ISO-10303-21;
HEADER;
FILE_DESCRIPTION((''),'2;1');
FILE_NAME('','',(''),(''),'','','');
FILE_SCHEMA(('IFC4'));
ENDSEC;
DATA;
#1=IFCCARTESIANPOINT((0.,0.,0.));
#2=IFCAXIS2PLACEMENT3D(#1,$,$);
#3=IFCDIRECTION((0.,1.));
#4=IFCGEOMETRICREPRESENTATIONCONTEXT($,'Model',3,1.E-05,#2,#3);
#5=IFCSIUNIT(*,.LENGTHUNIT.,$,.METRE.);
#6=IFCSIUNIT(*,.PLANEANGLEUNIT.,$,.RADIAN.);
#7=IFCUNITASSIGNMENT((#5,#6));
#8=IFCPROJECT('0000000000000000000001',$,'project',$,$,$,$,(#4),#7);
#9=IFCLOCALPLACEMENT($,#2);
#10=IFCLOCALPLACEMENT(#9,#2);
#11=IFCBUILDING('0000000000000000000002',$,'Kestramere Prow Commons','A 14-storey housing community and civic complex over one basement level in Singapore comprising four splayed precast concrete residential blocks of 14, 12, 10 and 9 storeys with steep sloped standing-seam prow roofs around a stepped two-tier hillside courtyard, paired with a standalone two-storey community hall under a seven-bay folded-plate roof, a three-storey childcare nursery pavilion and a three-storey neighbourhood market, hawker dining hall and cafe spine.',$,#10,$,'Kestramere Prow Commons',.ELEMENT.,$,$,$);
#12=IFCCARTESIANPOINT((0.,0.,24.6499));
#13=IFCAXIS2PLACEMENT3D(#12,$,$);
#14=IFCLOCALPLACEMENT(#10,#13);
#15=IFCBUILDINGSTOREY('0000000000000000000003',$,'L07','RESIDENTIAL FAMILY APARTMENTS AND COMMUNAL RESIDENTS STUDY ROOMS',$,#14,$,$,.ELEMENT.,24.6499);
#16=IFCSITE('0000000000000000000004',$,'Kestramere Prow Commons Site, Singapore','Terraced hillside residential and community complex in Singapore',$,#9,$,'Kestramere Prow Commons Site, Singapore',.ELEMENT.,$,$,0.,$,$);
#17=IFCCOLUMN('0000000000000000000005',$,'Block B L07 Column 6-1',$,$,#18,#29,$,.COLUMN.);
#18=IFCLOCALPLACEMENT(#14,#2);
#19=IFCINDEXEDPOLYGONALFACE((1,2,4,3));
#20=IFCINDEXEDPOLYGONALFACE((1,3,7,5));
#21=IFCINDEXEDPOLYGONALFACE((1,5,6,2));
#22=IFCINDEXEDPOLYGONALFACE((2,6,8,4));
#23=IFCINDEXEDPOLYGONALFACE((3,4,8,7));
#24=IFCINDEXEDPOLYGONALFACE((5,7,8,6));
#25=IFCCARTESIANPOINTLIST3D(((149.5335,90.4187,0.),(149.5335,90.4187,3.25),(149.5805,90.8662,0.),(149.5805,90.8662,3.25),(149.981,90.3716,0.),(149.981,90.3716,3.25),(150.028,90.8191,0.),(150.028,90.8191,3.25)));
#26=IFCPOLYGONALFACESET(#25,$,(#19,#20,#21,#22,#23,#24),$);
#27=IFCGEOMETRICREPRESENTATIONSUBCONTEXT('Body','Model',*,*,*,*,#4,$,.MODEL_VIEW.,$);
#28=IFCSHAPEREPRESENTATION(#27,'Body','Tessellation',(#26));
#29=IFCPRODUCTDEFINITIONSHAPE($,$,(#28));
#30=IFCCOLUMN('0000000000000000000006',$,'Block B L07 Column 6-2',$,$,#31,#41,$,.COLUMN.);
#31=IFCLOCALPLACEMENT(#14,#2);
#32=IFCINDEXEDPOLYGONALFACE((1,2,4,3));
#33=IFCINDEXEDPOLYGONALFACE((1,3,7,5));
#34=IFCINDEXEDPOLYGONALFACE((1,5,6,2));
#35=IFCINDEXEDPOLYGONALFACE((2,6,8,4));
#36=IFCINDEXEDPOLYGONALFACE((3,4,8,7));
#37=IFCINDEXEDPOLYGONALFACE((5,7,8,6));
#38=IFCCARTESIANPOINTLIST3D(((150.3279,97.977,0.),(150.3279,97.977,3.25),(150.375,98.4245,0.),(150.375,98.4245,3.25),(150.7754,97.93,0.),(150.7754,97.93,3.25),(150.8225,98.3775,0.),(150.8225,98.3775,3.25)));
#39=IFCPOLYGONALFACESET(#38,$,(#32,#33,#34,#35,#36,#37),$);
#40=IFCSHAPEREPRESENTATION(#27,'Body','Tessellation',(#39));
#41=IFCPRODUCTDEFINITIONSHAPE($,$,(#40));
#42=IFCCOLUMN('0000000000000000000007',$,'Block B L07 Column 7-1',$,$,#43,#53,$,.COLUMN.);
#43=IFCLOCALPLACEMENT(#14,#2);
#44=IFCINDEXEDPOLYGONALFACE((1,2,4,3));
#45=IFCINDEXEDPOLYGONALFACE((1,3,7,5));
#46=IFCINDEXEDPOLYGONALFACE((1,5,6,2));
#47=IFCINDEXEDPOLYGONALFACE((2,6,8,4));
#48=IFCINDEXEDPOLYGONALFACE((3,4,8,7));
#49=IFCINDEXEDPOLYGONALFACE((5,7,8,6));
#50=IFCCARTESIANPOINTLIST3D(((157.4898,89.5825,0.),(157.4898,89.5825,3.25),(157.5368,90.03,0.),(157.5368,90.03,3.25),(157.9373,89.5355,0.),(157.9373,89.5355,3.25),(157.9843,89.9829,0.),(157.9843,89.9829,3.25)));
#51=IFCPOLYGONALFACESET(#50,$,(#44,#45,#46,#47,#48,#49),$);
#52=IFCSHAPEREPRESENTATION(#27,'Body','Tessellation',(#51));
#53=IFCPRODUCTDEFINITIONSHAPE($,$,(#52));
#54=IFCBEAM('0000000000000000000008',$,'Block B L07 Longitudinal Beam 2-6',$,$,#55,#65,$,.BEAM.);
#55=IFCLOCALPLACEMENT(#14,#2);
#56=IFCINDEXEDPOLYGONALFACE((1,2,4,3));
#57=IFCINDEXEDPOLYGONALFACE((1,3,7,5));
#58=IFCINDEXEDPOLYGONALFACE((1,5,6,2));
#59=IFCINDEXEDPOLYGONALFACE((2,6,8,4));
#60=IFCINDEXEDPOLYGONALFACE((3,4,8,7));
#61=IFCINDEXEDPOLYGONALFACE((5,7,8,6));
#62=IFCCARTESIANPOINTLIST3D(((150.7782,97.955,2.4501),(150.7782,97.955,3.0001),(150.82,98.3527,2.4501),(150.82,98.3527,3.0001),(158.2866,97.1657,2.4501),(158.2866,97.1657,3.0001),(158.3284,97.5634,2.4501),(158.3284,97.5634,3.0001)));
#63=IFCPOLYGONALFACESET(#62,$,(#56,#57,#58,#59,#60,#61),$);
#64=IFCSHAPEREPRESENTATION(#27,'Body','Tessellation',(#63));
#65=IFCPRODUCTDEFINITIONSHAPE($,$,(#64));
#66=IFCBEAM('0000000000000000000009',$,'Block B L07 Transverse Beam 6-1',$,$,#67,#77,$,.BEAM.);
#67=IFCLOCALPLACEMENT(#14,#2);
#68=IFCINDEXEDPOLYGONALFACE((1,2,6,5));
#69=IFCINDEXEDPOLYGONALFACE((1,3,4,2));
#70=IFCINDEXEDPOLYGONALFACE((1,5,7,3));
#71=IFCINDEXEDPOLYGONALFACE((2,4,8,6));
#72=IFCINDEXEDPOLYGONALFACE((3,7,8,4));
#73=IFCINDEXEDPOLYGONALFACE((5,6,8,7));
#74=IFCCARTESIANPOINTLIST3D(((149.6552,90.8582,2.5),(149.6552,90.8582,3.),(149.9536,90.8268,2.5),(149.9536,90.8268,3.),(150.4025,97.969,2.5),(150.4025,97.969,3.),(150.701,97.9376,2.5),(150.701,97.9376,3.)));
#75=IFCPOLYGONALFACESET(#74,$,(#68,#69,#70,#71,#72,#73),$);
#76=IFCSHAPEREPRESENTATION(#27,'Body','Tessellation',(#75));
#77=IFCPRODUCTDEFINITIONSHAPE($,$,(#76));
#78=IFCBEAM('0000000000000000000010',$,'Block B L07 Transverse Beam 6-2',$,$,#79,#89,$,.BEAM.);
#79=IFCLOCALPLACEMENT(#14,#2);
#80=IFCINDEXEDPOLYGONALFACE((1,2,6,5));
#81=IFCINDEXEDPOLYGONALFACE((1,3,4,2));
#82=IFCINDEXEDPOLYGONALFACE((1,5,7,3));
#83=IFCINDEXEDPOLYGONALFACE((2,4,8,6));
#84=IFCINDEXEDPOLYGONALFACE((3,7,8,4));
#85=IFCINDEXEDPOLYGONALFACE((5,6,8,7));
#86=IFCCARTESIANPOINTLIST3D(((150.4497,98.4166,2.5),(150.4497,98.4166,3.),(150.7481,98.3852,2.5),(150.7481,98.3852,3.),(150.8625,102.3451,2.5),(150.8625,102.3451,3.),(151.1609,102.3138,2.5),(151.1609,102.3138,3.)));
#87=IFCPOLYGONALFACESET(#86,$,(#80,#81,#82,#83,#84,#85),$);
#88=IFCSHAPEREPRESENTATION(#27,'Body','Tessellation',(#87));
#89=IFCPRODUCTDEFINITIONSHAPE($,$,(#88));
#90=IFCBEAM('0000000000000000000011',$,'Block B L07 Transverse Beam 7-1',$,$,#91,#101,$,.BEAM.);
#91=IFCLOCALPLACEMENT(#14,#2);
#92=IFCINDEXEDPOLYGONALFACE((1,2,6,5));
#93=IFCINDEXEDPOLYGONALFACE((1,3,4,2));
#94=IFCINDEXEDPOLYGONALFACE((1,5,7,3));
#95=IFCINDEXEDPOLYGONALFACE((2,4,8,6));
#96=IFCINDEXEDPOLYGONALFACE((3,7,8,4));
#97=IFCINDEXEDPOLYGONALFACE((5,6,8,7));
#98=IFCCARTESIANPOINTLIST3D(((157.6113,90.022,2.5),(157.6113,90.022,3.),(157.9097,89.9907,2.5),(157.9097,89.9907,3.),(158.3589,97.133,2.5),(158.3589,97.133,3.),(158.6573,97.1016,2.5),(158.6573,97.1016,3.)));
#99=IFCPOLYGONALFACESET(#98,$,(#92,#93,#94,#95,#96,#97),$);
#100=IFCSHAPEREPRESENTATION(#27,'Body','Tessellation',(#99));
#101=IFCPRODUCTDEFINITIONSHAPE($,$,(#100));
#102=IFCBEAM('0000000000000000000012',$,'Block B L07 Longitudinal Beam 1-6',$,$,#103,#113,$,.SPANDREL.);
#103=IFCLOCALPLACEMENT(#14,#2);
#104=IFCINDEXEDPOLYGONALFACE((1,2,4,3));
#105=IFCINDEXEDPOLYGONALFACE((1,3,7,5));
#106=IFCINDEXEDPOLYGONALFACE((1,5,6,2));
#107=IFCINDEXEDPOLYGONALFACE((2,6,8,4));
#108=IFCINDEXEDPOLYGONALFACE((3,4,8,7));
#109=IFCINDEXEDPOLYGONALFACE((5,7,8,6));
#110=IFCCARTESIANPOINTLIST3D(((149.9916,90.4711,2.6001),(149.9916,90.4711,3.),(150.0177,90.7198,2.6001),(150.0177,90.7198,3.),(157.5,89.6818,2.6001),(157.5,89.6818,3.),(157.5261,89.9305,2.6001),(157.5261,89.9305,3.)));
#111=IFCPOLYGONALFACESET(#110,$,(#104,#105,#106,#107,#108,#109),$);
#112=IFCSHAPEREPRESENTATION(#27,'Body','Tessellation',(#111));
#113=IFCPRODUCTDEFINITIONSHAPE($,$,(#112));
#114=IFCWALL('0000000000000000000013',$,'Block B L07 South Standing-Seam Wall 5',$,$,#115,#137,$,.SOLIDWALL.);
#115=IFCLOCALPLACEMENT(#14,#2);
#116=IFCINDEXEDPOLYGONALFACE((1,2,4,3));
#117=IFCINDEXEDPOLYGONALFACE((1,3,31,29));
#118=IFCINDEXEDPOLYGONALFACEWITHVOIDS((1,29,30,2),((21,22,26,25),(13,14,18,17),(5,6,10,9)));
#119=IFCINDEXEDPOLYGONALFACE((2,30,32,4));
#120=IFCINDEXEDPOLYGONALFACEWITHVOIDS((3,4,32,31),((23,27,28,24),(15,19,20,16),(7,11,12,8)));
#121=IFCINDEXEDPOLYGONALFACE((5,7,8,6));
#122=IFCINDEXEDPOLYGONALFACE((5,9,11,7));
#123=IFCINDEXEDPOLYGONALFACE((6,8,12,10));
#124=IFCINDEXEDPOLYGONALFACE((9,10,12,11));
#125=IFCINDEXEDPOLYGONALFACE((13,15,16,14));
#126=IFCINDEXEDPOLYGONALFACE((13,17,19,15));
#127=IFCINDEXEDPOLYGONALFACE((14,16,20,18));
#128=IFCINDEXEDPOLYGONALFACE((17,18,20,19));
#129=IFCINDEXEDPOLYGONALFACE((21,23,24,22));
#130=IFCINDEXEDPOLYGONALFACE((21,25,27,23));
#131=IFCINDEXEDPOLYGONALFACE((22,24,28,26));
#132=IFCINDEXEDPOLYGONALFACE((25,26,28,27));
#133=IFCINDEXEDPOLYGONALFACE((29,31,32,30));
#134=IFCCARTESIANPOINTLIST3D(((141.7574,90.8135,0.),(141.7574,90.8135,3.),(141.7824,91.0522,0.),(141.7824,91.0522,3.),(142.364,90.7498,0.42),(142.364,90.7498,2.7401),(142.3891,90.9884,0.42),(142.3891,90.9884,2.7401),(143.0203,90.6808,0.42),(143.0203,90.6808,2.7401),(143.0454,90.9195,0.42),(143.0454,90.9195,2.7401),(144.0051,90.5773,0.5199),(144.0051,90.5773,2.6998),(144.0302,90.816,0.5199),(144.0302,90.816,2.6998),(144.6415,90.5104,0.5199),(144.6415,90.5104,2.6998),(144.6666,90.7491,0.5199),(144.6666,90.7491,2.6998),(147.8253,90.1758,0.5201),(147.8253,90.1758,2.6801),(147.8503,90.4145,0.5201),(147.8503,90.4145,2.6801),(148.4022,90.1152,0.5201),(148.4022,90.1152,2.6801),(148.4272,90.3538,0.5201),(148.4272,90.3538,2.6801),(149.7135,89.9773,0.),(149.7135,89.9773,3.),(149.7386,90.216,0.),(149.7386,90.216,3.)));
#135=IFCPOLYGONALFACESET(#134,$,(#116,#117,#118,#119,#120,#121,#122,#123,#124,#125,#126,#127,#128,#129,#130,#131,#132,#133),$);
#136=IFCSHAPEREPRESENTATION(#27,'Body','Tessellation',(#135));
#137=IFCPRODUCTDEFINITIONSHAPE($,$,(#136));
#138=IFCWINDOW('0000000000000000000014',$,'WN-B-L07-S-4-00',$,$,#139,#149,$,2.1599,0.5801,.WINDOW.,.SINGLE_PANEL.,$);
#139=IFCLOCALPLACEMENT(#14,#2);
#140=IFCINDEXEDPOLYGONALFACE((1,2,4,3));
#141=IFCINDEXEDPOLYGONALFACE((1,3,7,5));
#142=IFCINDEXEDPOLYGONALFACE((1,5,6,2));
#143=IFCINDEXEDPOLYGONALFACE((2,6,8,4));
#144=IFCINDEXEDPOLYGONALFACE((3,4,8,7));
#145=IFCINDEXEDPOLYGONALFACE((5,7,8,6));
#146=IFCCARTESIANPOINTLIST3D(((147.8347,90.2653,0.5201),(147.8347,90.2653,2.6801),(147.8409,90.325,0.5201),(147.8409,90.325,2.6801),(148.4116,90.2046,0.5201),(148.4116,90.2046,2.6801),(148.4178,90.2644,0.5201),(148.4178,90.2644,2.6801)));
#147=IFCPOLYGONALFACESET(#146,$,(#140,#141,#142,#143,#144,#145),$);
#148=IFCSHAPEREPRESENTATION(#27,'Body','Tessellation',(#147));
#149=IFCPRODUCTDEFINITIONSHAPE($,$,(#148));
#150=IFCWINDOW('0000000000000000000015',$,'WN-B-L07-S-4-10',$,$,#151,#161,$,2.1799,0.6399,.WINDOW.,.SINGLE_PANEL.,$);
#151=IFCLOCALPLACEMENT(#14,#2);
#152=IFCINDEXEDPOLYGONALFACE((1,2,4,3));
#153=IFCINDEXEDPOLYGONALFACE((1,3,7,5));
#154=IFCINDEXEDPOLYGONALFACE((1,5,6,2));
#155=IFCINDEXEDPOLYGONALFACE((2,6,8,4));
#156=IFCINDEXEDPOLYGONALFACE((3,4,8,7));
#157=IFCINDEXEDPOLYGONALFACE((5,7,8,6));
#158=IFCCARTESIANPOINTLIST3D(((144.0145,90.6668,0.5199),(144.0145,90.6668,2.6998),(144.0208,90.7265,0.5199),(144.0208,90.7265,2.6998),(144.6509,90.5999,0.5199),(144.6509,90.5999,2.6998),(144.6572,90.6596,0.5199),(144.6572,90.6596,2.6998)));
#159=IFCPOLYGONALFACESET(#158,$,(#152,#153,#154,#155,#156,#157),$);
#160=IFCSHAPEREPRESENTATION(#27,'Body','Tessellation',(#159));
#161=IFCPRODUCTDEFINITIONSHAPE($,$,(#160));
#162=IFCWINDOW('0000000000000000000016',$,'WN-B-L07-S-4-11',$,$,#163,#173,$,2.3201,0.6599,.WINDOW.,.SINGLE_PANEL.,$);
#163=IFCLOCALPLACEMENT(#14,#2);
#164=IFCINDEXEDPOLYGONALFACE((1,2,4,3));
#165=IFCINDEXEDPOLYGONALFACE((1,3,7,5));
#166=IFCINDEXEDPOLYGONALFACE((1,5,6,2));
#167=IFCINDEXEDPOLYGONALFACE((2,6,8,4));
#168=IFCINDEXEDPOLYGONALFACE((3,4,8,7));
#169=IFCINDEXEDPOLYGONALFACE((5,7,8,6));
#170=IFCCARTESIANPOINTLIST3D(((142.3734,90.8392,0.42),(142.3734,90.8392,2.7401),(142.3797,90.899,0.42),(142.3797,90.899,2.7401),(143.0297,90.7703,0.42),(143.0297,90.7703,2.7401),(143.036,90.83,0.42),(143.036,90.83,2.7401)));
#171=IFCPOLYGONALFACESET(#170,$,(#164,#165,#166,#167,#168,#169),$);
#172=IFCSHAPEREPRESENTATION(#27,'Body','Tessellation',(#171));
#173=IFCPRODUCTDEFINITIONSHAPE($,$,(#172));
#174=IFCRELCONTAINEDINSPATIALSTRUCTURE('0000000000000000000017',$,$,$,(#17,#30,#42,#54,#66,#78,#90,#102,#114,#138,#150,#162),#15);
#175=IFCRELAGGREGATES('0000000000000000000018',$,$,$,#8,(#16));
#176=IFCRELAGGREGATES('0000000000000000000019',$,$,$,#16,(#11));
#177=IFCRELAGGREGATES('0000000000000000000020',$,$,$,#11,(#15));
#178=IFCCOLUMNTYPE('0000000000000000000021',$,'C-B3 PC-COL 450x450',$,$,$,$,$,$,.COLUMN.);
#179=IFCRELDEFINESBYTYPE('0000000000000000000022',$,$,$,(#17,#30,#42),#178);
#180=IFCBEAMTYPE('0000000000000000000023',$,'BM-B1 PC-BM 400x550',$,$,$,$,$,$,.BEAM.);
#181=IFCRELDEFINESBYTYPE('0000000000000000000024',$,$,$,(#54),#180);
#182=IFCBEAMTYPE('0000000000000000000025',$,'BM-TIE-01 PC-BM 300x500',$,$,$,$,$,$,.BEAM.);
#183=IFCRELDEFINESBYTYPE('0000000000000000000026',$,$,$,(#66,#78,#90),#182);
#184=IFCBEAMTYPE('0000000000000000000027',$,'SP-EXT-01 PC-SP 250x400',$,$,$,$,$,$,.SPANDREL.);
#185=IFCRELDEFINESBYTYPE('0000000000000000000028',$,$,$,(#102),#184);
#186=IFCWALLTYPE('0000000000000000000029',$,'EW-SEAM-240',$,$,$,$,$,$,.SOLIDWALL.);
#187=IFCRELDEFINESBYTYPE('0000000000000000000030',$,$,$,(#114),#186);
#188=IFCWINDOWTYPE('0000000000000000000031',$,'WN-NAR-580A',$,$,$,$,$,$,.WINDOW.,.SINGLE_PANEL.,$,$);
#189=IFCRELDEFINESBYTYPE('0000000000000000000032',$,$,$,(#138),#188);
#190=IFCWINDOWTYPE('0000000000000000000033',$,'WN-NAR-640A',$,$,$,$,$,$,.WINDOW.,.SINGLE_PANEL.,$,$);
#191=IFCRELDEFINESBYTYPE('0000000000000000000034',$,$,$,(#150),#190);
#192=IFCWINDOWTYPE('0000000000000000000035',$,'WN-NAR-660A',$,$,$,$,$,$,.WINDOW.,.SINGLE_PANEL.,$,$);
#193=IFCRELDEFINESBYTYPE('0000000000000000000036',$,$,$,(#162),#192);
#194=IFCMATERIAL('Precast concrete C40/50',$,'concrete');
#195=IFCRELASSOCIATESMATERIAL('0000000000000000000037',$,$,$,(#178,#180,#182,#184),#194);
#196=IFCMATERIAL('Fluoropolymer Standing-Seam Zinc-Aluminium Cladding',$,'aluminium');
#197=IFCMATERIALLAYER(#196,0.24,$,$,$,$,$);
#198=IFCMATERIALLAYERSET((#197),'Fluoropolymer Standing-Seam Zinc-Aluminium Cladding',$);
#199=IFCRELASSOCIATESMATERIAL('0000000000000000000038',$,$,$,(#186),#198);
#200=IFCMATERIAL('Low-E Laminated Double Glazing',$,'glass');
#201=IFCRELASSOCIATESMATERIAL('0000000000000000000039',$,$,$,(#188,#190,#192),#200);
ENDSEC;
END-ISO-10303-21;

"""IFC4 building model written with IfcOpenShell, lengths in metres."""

from ifc_helpers import new_model, si_unit, direction, frame, frame_2d, origin, origin_2d, place, context, subcontext, project, spatial, rectangle, extrude, material, layer, layer_set, material_profile, profile_set, type_object, element, fill, save


model = new_model("IFC4")

# Units and contexts
model_context = context("Model", 3, precision=1e-05, world=origin(), true_north=direction((0.0, 1.0)))
body_context = subcontext(model_context, "Body", "Model", "MODEL_VIEW")
ifc_project = project(units=[si_unit("LENGTHUNIT", "METRE"), si_unit("PLANEANGLEUNIT", "RADIAN")], contexts=[model_context])

# Site, building, storey
site_placement = place(None, origin())
site = spatial("IfcSite", under=ifc_project, at=site_placement, Name="Kestramere Prow Commons Site, Singapore", Description="Terraced hillside residential and community complex in Singapore", LongName="Kestramere Prow Commons Site, Singapore", CompositionType="ELEMENT", RefElevation=0.0)
building_placement = place(site_placement, origin())
building = spatial("IfcBuilding", under=site, at=building_placement, Name="Kestramere Prow Commons", Description="A 14-storey housing community and civic complex over one basement level in Singapore comprising four splayed precast concrete residential blocks of 14, 12, 10 and 9 storeys with steep sloped standing-seam prow roofs around a stepped two-tier hillside courtyard, paired with a standalone two-storey community hall under a seven-bay folded-plate roof, a three-storey childcare nursery pavilion and a three-storey neighbourhood market, hawker dining hall and cafe spine.", LongName="Kestramere Prow Commons", CompositionType="ELEMENT")
storey_placement = place(building_placement, frame((0.0, 0.0, 24.6499)))
storey = spatial("IfcBuildingStorey", under=building, at=storey_placement, Name="L07", Description="RESIDENTIAL FAMILY APARTMENTS AND COMMUNAL RESIDENTS STUDY ROOMS", CompositionType="ELEMENT", Elevation=24.6499)

# Columns
ifc_material_1 = material(Name="Precast concrete C40/50", Category="concrete")
ifc_material_profile_1 = material_profile(ifc_material_1, rectangle(XDim=0.45, YDim=0.45, at=origin_2d()), Name="PC-COL 450x450")
ifc_profile_set_1 = profile_set([ifc_material_profile_1], Name="Precast concrete C40/50")
column_type = type_object("IfcColumnType", Name="C-B3 PC-COL 450x450", PredefinedType="COLUMN", material=ifc_profile_set_1)
for number, where, z_axis, x_axis, name in (
    (1, (149.7808, 90.6189, 0.0), (0.0, 0.0, 1.0), (0.994522, -0.104528, 0.0), "Block B L07 Column 6-1"),
    (2, (150.5752, 98.1772, 0.0), (0.0, 0.0, 1.0), (0.994522, -0.104528, 0.0), "Block B L07 Column 6-2"),
    (3, (157.7371, 89.7827, 0.0), (0.0, 0.0, 1.0), (0.994522, -0.104528, 0.0), "Block B L07 Column 7-1"),
):
    element("IfcColumn", number, at=place(storey_placement, frame(where, z_axis=z_axis, x_axis=x_axis)), inside=storey, type_object=column_type, Name=name, PredefinedType="COLUMN", context=body_context, shape_type="SweptSolid", body=[
        extrude(rectangle(XDim=0.45, YDim=0.45, at=origin_2d()), origin(), (0.0, 0.0, 1.0), 3.25),
    ])

# Beams
ifc_material_profile_2 = material_profile(ifc_material_1, rectangle(XDim=0.3999, YDim=0.55, at=origin_2d()), Name="PC-BM 400x550")
ifc_profile_set_2 = profile_set([ifc_material_profile_2], Name="Precast concrete C40/50")
beam_type_1 = type_object("IfcBeamType", Name="BM-B1 PC-BM 400x550", PredefinedType="BEAM", material=ifc_profile_set_2)
beam_1_placement = place(storey_placement, frame((150.7991, 98.1538, 2.7251), z_axis=(0.99452, -0.104545, 0.0), x_axis=(0.104545, 0.99452, 0.0)))
element("IfcBeam", 4, at=beam_1_placement, inside=storey, type_object=beam_type_1, Name="Block B L07 Longitudinal Beam 2-6", PredefinedType="BEAM", context=body_context, shape_type="SweptSolid", body=[
    extrude(rectangle(XDim=0.3999, YDim=0.55, at=origin_2d()), origin(), (0.0, 0.0, 1.0), 7.5498),
])
ifc_material_profile_3 = material_profile(ifc_material_1, rectangle(XDim=0.3, YDim=0.5, at=origin_2d()), Name="PC-BM 300x500")
ifc_profile_set_3 = profile_set([ifc_material_profile_3], Name="Precast concrete C40/50")
beam_type_2 = type_object("IfcBeamType", Name="BM-TIE-01 PC-BM 300x500", PredefinedType="BEAM", material=ifc_profile_set_3)
beam_2_placement = place(storey_placement, frame((149.8044, 90.8425, 2.75), z_axis=(0.104519, 0.994523, 0.0), x_axis=(-0.994523, 0.104519, 0.0)))
element("IfcBeam", 5, at=beam_2_placement, inside=storey, type_object=beam_type_2, Name="Block B L07 Transverse Beam 6-1", PredefinedType="BEAM", context=body_context, shape_type="SweptSolid", body=[
    extrude(rectangle(XDim=0.3, YDim=0.5, at=origin_2d()), origin(), (0.0, 0.0, 1.0), 7.1499),
])
beam_3_placement = place(storey_placement, frame((150.5989, 98.4009, 2.75), z_axis=(0.104514, 0.994523, 0.0), x_axis=(-0.994523, 0.104514, 0.0)))
element("IfcBeam", 6, at=beam_3_placement, inside=storey, type_object=beam_type_2, Name="Block B L07 Transverse Beam 6-2", PredefinedType="BEAM", context=body_context, shape_type="SweptSolid", body=[
    extrude(rectangle(XDim=0.3, YDim=0.5, at=origin_2d()), origin(), (0.0, 0.0, 1.0), 3.9502),
])
beam_4_placement = place(storey_placement, frame((157.7605, 90.0063, 2.75), z_axis=(0.104553, 0.994519, 0.0), x_axis=(-0.994519, 0.104553, 0.0)))
element("IfcBeam", 7, at=beam_4_placement, inside=storey, type_object=beam_type_2, Name="Block B L07 Transverse Beam 7-1", PredefinedType="BEAM", context=body_context, shape_type="SweptSolid", body=[
    extrude(rectangle(XDim=0.3, YDim=0.5, at=origin_2d()), origin(), (0.0, 0.0, 1.0), 7.1501),
])
ifc_material_profile_4 = material_profile(ifc_material_1, rectangle(XDim=0.25, YDim=0.3999, at=origin_2d()), Name="PC-SP 250x400")
ifc_profile_set_4 = profile_set([ifc_material_profile_4], Name="Precast concrete C40/50")
beam_type_3 = type_object("IfcBeamType", Name="SP-EXT-01 PC-SP 250x400", PredefinedType="SPANDREL", material=ifc_profile_set_4)
beam_5_placement = place(storey_placement, frame((150.0046, 90.5955, 2.8), z_axis=(0.99452, -0.104545, 0.0), x_axis=(0.104545, 0.99452, 0.0)))
element("IfcBeam", 8, at=beam_5_placement, inside=storey, type_object=beam_type_3, Name="Block B L07 Longitudinal Beam 1-6", PredefinedType="SPANDREL", context=body_context, shape_type="SweptSolid", body=[
    extrude(rectangle(XDim=0.25, YDim=0.3999, at=origin_2d()), origin(), (0.0, 0.0, 1.0), 7.5498),
])

# Wall, openings, windows
ifc_material_2 = material(Name="Fluoropolymer Standing-Seam Zinc-Aluminium Cladding", Category="aluminium")
ifc_layer_1 = layer(ifc_material_2, 0.24)
ifc_layer_set_1 = layer_set([ifc_layer_1], Name="Fluoropolymer Standing-Seam Zinc-Aluminium Cladding")
wall_type_1 = type_object("IfcWallType", Name="EW-SEAM-240", PredefinedType="SOLIDWALL", material=ifc_layer_set_1)
wall_1_placement = place(storey_placement, frame((149.7261, 90.0967, 0.0), z_axis=(0.0, 0.0, 1.0), x_axis=(-0.994523, 0.104521, 0.0)))
wall_1 = element("IfcWall", 9, at=wall_1_placement, inside=storey, type_object=wall_type_1, Name="Block B L07 South Standing-Seam Wall 5", PredefinedType="SOLIDWALL", context=body_context, shape_type="SweptSolid", body=[
    extrude(rectangle(XDim=8.0, YDim=0.24, at=frame_2d((4.0, 0.0))), origin(), (0.0, 0.0, 1.0), 3.0),
])
opening_1_placement = place(wall_1_placement, frame((1.3186, 0.0, 0.52)))
opening_1 = element("IfcOpeningElement", 10, at=opening_1_placement, cuts=wall_1, PredefinedType="OPENING", context=body_context, shape_type="SweptSolid", body=[
    extrude(rectangle(XDim=0.5801, YDim=2.1599, at=frame_2d((0.29, 1.0801))), frame((0.0, 0.135, 0.0), z_axis=(0.0, -1.0, 0.0), x_axis=(1.0, 0.0, 0.0)), (0.0, 0.0, 1.0), 0.27),
])
opening_2_placement = place(wall_1_placement, frame((5.1001, 0.0, 0.52)))
opening_2 = element("IfcOpeningElement", 11, at=opening_2_placement, cuts=wall_1, PredefinedType="OPENING", context=body_context, shape_type="SweptSolid", body=[
    extrude(rectangle(XDim=0.6399, YDim=2.1799, at=frame_2d((0.3198, 1.0898))), frame((0.0, 0.135, 0.0), z_axis=(0.0, -1.0, 0.0), x_axis=(1.0, 0.0, 0.0)), (0.0, 0.0, 1.0), 0.27),
])
opening_3_placement = place(wall_1_placement, frame((6.73, 0.0, 0.4199)))
opening_3 = element("IfcOpeningElement", 12, at=opening_3_placement, cuts=wall_1, PredefinedType="OPENING", context=body_context, shape_type="SweptSolid", body=[
    extrude(rectangle(XDim=0.6599, YDim=2.3201, at=frame_2d((0.3301, 1.1602))), frame((0.0, 0.135, 0.0), z_axis=(0.0, -1.0, 0.0), x_axis=(1.0, 0.0, 0.0)), (0.0, 0.0, 1.0), 0.27),
])
ifc_material_3 = material(Name="Low-E Laminated Double Glazing", Category="glass")
window_type_1 = type_object("IfcWindowType", Name="WN-NAR-580A", PartitioningType="SINGLE_PANEL", PredefinedType="WINDOW", material=ifc_material_3)
window_1_placement = place(opening_1_placement, origin())
window_1 = element("IfcWindow", 13, at=window_1_placement, inside=storey, type_object=window_type_1, Name="WN-B-L07-S-4-00", OverallHeight=2.1599, OverallWidth=0.5801, PartitioningType="SINGLE_PANEL", PredefinedType="WINDOW", context=body_context, shape_type="SweptSolid", body=[
    extrude(rectangle(XDim=0.5801, YDim=2.1599, at=frame_2d((0.29, 1.0801))), frame((0.0, 0.03, 0.0), z_axis=(0.0, -1.0, 0.0), x_axis=(1.0, 0.0, 0.0)), (0.0, 0.0, 1.0), 0.0601),
])
fill(opening_1, window_1)
window_type_2 = type_object("IfcWindowType", Name="WN-NAR-640A", PartitioningType="SINGLE_PANEL", PredefinedType="WINDOW", material=ifc_material_3)
window_2_placement = place(opening_2_placement, origin())
window_2 = element("IfcWindow", 14, at=window_2_placement, inside=storey, type_object=window_type_2, Name="WN-B-L07-S-4-10", OverallHeight=2.1799, OverallWidth=0.6399, PartitioningType="SINGLE_PANEL", PredefinedType="WINDOW", context=body_context, shape_type="SweptSolid", body=[
    extrude(rectangle(XDim=0.6399, YDim=2.1799, at=frame_2d((0.3198, 1.0898))), frame((0.0, 0.03, 0.0), z_axis=(0.0, -1.0, 0.0), x_axis=(1.0, 0.0, 0.0)), (0.0, 0.0, 1.0), 0.0601),
])
fill(opening_2, window_2)
window_type_3 = type_object("IfcWindowType", Name="WN-NAR-660A", PartitioningType="SINGLE_PANEL", PredefinedType="WINDOW", material=ifc_material_3)
window_3_placement = place(opening_3_placement, origin())
window_3 = element("IfcWindow", 15, at=window_3_placement, inside=storey, type_object=window_type_3, Name="WN-B-L07-S-4-11", OverallHeight=2.3201, OverallWidth=0.6599, PartitioningType="SINGLE_PANEL", PredefinedType="WINDOW", context=body_context, shape_type="SweptSolid", body=[
    extrude(rectangle(XDim=0.6599, YDim=2.3201, at=frame_2d((0.3301, 1.1602))), frame((0.0, 0.03, 0.0), z_axis=(0.0, -1.0, 0.0), x_axis=(1.0, 0.0, 0.0)), (0.0, 0.0, 1.0), 0.0601),
])
fill(opening_3, window_3)

save(model, "model.ifc")
